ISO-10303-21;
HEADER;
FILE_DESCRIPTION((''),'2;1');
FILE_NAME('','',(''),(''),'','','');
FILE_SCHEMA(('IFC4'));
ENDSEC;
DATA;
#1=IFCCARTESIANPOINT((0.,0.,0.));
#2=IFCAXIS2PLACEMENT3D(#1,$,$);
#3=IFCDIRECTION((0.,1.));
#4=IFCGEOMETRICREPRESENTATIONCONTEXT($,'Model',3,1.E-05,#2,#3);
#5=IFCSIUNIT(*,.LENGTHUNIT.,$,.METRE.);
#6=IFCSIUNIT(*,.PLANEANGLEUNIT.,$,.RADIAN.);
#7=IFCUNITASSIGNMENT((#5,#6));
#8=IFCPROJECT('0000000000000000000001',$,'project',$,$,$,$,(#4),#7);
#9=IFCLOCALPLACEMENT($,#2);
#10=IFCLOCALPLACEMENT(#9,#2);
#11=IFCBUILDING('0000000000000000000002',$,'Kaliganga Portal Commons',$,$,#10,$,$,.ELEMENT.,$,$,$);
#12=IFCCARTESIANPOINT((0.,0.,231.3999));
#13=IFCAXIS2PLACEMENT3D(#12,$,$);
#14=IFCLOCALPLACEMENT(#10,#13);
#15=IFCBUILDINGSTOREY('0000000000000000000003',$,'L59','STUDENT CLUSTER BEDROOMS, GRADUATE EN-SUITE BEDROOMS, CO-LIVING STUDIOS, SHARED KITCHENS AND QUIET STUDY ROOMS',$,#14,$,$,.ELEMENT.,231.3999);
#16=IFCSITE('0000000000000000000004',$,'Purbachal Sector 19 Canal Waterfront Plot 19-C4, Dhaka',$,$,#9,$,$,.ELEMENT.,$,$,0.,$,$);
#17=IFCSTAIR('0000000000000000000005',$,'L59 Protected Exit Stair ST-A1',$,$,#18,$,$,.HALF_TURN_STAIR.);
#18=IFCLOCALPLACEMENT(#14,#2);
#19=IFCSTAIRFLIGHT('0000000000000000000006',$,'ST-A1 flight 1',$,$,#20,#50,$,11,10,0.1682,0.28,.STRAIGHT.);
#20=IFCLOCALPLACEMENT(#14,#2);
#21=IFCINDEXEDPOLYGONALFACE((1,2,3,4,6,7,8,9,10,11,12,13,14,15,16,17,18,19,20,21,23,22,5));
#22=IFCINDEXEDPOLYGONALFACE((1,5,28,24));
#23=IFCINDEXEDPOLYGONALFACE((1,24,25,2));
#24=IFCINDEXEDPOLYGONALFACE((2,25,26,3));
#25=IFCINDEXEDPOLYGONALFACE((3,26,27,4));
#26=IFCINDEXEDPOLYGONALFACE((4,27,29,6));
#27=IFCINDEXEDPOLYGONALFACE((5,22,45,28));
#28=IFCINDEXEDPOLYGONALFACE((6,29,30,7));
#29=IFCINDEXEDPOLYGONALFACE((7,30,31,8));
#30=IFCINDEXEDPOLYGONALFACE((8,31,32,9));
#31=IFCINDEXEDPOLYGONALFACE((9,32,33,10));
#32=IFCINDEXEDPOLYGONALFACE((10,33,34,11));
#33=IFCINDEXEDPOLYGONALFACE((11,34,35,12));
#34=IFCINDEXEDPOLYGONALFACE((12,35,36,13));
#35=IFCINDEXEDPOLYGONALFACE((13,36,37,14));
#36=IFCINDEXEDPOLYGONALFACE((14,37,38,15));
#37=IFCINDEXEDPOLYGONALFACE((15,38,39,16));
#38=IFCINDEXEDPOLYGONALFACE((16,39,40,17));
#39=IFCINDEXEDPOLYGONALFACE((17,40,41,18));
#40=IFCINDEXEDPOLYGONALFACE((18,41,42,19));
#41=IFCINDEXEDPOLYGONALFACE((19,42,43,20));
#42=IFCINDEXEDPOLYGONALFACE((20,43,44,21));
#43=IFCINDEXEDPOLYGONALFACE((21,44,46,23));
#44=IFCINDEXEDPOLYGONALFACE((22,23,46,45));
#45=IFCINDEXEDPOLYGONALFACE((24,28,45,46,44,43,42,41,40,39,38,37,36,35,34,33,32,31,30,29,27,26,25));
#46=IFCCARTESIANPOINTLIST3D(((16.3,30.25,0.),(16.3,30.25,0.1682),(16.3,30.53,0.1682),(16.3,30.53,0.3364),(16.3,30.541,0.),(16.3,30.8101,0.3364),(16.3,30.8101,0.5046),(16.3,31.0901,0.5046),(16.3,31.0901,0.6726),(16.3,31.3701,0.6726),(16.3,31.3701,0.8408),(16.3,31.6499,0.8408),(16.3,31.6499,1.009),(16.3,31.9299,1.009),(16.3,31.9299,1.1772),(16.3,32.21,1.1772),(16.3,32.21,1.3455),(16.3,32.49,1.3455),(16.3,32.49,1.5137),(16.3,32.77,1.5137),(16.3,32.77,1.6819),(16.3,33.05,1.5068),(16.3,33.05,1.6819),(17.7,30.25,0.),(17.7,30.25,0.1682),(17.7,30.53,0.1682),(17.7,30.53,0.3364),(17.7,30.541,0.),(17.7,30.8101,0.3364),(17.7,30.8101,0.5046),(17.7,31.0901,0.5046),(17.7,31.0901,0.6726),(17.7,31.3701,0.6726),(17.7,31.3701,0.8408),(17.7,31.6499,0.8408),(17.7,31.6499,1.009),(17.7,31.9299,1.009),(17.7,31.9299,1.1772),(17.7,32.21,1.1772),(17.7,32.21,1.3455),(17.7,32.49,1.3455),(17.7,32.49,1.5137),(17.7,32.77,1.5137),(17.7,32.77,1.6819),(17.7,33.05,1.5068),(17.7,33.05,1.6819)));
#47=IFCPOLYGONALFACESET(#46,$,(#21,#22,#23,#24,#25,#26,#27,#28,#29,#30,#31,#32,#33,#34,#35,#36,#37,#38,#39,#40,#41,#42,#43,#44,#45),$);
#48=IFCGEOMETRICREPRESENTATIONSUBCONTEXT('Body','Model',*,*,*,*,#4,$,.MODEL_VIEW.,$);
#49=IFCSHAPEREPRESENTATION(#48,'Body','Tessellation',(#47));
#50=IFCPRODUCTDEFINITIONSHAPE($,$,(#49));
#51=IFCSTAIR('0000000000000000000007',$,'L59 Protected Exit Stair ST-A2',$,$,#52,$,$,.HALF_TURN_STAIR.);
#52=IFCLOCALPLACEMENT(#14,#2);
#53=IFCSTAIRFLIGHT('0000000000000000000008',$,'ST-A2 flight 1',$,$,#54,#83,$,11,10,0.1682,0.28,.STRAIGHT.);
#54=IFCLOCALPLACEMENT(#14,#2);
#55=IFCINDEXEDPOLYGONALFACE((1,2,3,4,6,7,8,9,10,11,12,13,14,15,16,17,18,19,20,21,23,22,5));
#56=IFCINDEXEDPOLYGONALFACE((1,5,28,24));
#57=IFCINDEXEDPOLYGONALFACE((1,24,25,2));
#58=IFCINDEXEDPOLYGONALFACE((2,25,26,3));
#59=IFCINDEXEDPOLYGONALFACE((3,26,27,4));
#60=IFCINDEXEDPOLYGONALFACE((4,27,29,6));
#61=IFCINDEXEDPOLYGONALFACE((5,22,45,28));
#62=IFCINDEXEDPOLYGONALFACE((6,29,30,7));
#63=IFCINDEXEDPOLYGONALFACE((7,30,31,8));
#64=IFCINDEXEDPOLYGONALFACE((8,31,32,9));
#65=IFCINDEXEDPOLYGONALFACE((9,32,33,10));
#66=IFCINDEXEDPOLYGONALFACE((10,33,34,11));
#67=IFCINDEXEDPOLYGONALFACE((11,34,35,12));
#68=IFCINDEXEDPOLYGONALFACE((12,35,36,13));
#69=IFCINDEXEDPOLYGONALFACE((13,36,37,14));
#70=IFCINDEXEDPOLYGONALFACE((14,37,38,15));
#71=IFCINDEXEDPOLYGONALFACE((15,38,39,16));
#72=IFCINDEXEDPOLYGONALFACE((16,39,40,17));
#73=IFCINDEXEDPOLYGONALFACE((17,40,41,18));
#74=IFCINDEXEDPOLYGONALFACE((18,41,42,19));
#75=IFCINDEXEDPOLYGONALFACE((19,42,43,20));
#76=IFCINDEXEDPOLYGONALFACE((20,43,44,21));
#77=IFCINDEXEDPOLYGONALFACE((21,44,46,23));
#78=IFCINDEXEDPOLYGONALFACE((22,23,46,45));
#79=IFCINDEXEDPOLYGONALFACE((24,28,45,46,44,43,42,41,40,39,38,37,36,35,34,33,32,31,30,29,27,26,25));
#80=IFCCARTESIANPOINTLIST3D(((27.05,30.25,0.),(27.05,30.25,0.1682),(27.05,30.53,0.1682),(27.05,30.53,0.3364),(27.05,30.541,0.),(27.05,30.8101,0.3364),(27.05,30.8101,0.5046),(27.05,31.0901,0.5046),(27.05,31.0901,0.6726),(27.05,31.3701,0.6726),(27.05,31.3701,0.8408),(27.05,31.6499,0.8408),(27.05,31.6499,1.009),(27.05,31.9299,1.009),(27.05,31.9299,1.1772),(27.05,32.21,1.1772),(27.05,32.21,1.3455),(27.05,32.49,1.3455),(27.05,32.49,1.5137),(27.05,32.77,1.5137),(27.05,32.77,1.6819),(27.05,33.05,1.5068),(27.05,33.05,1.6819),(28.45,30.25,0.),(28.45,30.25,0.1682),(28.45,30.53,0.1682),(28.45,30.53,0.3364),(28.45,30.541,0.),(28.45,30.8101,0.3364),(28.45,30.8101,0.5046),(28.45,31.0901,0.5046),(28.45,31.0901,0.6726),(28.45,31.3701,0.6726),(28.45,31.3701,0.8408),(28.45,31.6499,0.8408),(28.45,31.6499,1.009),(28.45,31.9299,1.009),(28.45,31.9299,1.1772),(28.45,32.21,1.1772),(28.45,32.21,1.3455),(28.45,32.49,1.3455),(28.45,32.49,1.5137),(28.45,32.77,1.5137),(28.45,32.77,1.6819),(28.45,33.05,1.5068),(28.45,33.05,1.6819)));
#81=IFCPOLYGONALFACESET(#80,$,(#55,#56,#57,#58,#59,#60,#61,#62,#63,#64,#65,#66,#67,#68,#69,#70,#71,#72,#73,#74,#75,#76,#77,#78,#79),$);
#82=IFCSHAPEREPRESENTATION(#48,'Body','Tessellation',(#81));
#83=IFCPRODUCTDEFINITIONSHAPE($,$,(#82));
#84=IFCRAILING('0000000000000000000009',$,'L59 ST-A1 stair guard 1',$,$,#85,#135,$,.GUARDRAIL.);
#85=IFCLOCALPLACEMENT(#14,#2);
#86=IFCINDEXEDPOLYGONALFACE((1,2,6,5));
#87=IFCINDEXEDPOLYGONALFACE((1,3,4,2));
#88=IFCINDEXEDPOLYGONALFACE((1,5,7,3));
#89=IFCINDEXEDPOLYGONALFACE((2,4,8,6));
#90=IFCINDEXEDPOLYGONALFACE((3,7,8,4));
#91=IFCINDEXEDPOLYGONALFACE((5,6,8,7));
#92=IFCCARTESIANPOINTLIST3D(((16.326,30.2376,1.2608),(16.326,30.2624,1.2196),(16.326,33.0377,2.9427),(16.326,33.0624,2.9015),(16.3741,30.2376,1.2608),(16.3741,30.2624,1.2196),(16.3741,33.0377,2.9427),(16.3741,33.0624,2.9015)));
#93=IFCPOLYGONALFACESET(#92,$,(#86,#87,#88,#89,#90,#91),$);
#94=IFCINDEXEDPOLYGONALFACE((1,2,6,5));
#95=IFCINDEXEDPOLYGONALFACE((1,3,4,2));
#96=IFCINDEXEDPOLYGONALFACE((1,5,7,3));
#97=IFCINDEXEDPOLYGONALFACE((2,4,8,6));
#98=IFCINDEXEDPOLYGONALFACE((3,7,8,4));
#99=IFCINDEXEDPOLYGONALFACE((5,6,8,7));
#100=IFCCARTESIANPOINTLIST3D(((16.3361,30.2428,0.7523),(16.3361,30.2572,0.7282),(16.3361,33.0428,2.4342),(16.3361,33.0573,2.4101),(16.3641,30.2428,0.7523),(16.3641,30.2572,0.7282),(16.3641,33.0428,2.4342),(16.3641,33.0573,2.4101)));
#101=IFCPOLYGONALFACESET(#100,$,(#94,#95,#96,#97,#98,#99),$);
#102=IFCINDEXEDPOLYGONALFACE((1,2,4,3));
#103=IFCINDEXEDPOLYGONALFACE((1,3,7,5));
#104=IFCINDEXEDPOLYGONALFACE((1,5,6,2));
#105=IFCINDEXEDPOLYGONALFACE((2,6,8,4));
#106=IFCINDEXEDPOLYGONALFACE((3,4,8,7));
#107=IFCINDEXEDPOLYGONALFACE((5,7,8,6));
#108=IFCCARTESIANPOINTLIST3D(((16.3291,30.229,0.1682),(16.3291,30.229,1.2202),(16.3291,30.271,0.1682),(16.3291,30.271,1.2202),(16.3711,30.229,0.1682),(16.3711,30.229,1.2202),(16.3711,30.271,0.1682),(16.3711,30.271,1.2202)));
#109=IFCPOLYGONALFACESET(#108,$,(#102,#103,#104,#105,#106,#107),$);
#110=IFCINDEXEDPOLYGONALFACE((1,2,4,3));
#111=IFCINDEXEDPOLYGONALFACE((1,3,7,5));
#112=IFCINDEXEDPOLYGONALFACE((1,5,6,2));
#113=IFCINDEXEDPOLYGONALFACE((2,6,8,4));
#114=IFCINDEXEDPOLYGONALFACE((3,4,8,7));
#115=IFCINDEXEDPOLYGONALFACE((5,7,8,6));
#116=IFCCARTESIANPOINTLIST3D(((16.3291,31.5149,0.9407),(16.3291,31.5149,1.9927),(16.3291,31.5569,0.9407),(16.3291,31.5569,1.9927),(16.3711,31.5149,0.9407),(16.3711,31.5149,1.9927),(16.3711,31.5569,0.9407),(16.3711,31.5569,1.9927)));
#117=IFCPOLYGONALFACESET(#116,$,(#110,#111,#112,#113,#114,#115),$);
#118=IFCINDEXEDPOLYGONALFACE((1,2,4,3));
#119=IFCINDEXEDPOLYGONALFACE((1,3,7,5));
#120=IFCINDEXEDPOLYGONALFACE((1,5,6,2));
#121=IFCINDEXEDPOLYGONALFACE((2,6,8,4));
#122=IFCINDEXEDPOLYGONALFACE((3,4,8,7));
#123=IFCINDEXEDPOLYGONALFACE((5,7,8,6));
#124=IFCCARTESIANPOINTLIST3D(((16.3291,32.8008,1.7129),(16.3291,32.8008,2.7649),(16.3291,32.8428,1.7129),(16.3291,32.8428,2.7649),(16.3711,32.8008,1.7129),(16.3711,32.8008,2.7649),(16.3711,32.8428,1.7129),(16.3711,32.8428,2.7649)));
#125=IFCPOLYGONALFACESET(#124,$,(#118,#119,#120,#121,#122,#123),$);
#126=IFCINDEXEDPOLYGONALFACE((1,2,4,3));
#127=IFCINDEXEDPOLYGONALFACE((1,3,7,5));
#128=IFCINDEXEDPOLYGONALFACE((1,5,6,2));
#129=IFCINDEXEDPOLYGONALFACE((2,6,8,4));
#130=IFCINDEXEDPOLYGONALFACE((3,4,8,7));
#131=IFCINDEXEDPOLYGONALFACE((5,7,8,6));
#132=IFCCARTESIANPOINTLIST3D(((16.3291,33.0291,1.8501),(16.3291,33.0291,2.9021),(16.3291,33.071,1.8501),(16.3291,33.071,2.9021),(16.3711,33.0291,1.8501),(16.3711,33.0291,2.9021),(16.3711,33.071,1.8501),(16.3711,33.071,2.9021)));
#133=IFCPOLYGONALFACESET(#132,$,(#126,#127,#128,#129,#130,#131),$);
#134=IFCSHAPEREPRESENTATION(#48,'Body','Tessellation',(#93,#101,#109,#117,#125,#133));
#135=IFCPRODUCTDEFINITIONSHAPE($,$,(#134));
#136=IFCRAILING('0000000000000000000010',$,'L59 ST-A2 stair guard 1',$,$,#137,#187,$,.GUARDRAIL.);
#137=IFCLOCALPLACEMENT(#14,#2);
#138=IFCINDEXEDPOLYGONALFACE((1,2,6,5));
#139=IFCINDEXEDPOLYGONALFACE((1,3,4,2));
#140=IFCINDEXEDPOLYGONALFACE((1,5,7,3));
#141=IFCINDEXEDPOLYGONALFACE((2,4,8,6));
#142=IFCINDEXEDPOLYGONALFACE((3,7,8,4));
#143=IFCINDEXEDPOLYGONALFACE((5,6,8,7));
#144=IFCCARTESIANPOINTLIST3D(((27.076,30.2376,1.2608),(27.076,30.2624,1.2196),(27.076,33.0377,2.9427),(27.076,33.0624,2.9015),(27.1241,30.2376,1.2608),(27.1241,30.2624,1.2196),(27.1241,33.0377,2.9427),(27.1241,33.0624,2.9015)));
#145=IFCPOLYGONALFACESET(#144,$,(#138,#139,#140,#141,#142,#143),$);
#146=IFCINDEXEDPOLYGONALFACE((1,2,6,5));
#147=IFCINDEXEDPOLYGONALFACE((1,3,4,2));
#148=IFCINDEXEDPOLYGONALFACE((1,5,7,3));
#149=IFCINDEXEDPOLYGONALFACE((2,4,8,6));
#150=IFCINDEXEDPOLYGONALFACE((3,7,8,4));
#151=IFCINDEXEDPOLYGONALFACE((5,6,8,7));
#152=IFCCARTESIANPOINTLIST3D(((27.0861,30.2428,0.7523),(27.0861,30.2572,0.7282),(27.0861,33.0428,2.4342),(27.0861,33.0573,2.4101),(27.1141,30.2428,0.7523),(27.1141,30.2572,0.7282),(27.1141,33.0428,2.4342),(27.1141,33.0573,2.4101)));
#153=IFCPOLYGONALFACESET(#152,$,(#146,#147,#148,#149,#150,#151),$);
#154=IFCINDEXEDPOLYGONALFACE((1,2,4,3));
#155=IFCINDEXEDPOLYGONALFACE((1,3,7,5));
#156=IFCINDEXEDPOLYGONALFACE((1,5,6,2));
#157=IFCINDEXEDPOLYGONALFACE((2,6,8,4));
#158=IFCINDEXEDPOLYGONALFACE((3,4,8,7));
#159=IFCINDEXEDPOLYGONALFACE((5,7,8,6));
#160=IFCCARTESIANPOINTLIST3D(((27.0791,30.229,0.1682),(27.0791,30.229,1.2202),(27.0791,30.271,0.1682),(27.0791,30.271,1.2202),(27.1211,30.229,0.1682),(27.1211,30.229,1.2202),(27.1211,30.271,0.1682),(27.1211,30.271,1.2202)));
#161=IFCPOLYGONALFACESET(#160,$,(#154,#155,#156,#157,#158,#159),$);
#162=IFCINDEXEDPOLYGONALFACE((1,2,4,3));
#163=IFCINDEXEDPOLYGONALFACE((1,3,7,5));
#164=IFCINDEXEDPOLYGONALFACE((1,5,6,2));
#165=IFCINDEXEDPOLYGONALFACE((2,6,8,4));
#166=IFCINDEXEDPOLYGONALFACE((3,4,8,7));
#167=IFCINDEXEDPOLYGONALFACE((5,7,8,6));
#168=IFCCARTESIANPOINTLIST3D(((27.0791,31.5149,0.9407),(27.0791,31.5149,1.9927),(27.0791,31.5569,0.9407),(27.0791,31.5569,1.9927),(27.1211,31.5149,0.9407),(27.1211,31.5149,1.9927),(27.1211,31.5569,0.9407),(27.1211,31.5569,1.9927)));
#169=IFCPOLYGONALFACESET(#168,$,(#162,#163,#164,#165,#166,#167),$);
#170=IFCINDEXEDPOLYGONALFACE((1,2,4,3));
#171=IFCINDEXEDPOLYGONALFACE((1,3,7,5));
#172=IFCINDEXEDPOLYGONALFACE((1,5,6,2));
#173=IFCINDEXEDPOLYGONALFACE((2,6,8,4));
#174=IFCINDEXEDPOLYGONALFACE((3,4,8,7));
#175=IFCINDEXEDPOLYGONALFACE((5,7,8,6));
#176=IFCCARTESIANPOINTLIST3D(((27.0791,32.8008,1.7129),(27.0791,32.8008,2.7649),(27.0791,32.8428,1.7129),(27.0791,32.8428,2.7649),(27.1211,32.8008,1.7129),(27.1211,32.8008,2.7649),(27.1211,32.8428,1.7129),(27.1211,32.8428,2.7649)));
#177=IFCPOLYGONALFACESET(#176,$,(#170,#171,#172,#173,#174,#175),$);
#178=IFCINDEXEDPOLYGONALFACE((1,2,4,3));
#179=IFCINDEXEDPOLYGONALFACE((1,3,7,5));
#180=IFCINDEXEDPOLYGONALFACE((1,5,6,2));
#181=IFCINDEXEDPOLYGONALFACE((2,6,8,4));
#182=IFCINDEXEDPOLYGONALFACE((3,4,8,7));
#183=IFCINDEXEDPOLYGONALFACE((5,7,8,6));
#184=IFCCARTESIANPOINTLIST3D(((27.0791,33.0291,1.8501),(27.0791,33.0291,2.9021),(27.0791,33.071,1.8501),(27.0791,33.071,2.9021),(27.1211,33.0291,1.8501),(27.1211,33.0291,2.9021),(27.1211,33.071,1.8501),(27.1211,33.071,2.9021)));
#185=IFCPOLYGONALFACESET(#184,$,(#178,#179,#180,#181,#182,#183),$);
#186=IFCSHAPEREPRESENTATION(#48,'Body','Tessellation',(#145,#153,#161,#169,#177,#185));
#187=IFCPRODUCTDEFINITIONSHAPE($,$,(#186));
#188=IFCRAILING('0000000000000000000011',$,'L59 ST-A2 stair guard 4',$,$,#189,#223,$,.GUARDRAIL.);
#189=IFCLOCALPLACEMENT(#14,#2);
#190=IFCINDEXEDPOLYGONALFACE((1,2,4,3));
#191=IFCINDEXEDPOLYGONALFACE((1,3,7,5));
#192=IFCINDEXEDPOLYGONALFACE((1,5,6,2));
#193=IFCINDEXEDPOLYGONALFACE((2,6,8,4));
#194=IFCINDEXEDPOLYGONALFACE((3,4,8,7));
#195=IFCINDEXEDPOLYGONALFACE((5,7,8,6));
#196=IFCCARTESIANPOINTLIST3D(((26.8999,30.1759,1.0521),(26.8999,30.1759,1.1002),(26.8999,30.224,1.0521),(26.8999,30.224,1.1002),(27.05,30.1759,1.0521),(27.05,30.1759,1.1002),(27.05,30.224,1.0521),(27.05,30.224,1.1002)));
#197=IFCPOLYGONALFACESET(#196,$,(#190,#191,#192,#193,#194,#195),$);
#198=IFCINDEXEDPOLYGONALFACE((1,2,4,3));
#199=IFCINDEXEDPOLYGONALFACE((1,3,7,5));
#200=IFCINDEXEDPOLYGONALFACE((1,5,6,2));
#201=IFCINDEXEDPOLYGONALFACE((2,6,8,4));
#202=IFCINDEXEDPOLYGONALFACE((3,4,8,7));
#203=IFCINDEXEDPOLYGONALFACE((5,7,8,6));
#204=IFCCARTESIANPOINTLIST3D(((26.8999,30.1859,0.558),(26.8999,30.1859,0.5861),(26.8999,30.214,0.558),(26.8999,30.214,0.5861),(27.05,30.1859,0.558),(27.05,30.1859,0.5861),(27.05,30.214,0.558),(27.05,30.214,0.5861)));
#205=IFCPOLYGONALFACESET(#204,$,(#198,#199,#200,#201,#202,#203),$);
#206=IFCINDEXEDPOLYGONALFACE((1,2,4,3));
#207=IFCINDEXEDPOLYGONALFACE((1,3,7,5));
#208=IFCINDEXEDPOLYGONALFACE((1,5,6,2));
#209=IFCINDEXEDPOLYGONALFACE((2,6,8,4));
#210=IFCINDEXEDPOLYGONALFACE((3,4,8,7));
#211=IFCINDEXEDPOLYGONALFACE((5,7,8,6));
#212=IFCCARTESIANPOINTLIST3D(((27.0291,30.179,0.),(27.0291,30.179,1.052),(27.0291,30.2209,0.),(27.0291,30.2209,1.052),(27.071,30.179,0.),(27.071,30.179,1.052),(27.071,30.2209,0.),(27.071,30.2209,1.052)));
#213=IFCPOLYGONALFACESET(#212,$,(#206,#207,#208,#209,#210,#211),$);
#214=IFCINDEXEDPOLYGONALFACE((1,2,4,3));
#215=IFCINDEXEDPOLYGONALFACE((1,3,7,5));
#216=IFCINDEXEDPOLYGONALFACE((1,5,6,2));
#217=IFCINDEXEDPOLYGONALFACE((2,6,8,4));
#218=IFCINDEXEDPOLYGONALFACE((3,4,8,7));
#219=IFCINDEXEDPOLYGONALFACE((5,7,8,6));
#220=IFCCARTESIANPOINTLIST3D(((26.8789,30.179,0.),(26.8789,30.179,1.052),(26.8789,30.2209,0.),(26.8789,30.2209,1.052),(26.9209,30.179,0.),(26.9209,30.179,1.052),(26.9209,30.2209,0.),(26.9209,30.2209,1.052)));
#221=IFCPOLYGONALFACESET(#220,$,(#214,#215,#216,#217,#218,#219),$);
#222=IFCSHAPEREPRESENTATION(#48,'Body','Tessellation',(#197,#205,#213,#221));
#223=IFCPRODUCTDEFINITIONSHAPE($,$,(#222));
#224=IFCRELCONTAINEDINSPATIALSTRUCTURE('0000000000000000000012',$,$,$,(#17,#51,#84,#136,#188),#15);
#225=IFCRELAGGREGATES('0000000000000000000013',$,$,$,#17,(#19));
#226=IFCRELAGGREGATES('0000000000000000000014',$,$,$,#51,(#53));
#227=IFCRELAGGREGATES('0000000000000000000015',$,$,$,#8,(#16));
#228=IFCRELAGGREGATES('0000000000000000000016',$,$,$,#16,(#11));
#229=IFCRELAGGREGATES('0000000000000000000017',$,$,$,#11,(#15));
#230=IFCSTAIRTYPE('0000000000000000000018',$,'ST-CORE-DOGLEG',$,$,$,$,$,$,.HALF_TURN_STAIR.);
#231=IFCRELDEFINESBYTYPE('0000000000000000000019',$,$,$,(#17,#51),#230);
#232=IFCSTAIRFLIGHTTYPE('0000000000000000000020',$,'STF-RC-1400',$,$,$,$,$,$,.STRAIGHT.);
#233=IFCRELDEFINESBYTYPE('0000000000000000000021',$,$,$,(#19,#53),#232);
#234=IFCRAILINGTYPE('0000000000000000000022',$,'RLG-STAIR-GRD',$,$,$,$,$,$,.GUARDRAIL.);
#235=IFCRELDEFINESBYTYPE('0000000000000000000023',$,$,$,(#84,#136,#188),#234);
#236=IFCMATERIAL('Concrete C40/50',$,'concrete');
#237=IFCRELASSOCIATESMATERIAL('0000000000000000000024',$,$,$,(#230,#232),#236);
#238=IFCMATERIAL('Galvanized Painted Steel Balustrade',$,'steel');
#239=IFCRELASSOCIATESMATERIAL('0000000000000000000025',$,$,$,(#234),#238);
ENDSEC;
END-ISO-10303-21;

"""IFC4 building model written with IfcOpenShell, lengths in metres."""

from ifc_helpers import new_model, si_unit, direction, frame, origin, origin_2d, place, context, subcontext, project, spatial, polyline, rectangle, outline, extrude, material, type_object, element, aggregate, save


model = new_model("IFC4")

# Units and contexts
model_context = context("Model", 3, precision=1e-05, world=origin(), true_north=direction((0.0, 1.0)))
body_context = subcontext(model_context, "Body", "Model", "MODEL_VIEW")
ifc_project = project(units=[si_unit("LENGTHUNIT", "METRE"), si_unit("PLANEANGLEUNIT", "RADIAN")], contexts=[model_context])

# Site, building, storey
site_placement = place(None, origin())
site = spatial("IfcSite", under=ifc_project, at=site_placement, Name="Purbachal Sector 19 Canal Waterfront Plot 19-C4, Dhaka", CompositionType="ELEMENT", RefElevation=0.0)
building_placement = place(site_placement, origin())
building = spatial("IfcBuilding", under=site, at=building_placement, Name="Kaliganga Portal Commons", CompositionType="ELEMENT")
storey_placement = place(building_placement, frame((0.0, 0.0, 231.3999)))
storey = spatial("IfcBuildingStorey", under=building, at=storey_placement, Name="L59", Description="STUDENT CLUSTER BEDROOMS, GRADUATE EN-SUITE BEDROOMS, CO-LIVING STUDIOS, SHARED KITCHENS AND QUIET STUDY ROOMS", CompositionType="ELEMENT", Elevation=231.3999)

# Stairs, stair flights
ifc_material_1 = material(Name="Concrete C40/50", Category="concrete")
stair_type = type_object("IfcStairType", Name="ST-CORE-DOGLEG", PredefinedType="HALF_TURN_STAIR", material=ifc_material_1)
stair_1_placement = place(storey_placement, origin())
stair_1 = element("IfcStair", 1, at=stair_1_placement, inside=storey, type_object=stair_type, Name="L59 Protected Exit Stair ST-A1", PredefinedType="HALF_TURN_STAIR")
stair_flight_type = type_object("IfcStairFlightType", Name="STF-RC-1400", PredefinedType="STRAIGHT", material=ifc_material_1)
stair_flight_1_placement = place(storey_placement, frame((17.0, 30.25, 0.0), z_axis=(0.0, 0.0, 1.0), x_axis=(0.0, 1.0, 0.0)))
stair_flight_1 = element("IfcStairFlight", 2, at=stair_flight_1_placement, type_object=stair_flight_type, Name="ST-A1 flight 1", NumberOfRisers=11, NumberOfTreads=10, PredefinedType="STRAIGHT", RiserHeight=0.1682, TreadLength=0.28, context=body_context, shape_type="SweptSolid", body=[
    extrude(outline(polyline([(0.0, 0.0), (0.0, 0.1682), (0.28, 0.1682), (0.28, 0.3364), (0.5601, 0.3364), (0.5601, 0.5046), (0.8401, 0.5046), (0.8401, 0.6726), (1.1201, 0.6726), (1.1201, 0.8408), (1.3999, 0.8408), (1.3999, 1.009), (1.6799, 1.009), (1.6799, 1.1772), (1.96, 1.1772), (1.96, 1.3455), (2.24, 1.3455), (2.24, 1.5137), (2.52, 1.5137), (2.52, 1.6819), (2.8, 1.6819), (2.8, 1.8501), (2.8, 1.5068), (0.291, 0.0), (0.0, 0.0)])), frame((0.0, 0.7, 0.0), z_axis=(0.0, -1.0, 0.0), x_axis=(1.0, 0.0, 0.0)), (0.0, 0.0, 1.0), 1.3999),
])
aggregate(stair_1, [stair_flight_1])
stair_2_placement = place(storey_placement, origin())
stair_2 = element("IfcStair", 3, at=stair_2_placement, inside=storey, type_object=stair_type, Name="L59 Protected Exit Stair ST-A2", PredefinedType="HALF_TURN_STAIR")
stair_flight_2_placement = place(storey_placement, frame((27.75, 30.25, 0.0), z_axis=(0.0, 0.0, 1.0), x_axis=(0.0, 1.0, 0.0)))
stair_flight_2 = element("IfcStairFlight", 4, at=stair_flight_2_placement, type_object=stair_flight_type, Name="ST-A2 flight 1", NumberOfRisers=11, NumberOfTreads=10, PredefinedType="STRAIGHT", RiserHeight=0.1682, TreadLength=0.28, context=body_context, shape_type="SweptSolid", body=[
    extrude(outline(polyline([(0.0, 0.0), (0.0, 0.1682), (0.28, 0.1682), (0.28, 0.3364), (0.5601, 0.3364), (0.5601, 0.5046), (0.8401, 0.5046), (0.8401, 0.6726), (1.1201, 0.6726), (1.1201, 0.8408), (1.3999, 0.8408), (1.3999, 1.009), (1.6799, 1.009), (1.6799, 1.1772), (1.96, 1.1772), (1.96, 1.3455), (2.24, 1.3455), (2.24, 1.5137), (2.52, 1.5137), (2.52, 1.6819), (2.8, 1.6819), (2.8, 1.8501), (2.8, 1.5068), (0.291, 0.0), (0.0, 0.0)])), frame((0.0, 0.7, 0.0), z_axis=(0.0, -1.0, 0.0), x_axis=(1.0, 0.0, 0.0)), (0.0, 0.0, 1.0), 1.3999),
])
aggregate(stair_2, [stair_flight_2])

# Railings
ifc_material_2 = material(Name="Galvanized Painted Steel Balustrade", Category="steel")
railing_type_1 = type_object("IfcRailingType", Name="RLG-STAIR-GRD", PredefinedType="GUARDRAIL", material=ifc_material_2)
for number, where, name in (
    (5, (16.3501, 30.25, 0.1682), "L59 ST-A1 stair guard 1"),
    (6, (27.1001, 30.25, 0.1682), "L59 ST-A2 stair guard 1"),
):
    element("IfcRailing", number, at=place(storey_placement, frame(where)), inside=storey, type_object=railing_type_1, Name=name, PredefinedType="GUARDRAIL", context=body_context, shape_type="SweptSolid", body=[
        extrude(rectangle(XDim=0.0481, YDim=0.0481, at=origin_2d()), frame((0.0, 0.0, 1.072), z_axis=(0.0, 0.857242, 0.514913), x_axis=(-1.0, 0.0, 0.0)), (0.0, 0.0, 1.0), 3.2664),
        extrude(rectangle(XDim=0.0281, YDim=0.0281, at=origin_2d()), frame((0.0, 0.0, 0.572), z_axis=(0.0, 0.857242, 0.514913), x_axis=(-1.0, 0.0, 0.0)), (0.0, 0.0, 1.0), 3.2664),
        extrude(rectangle(XDim=0.042, YDim=0.042, at=origin_2d()), origin(), (0.0, 0.0, 1.0), 1.052),
        extrude(rectangle(XDim=0.042, YDim=0.042, at=origin_2d()), frame((0.0, 1.2859, 0.7725)), (0.0, 0.0, 1.0), 1.052),
        extrude(rectangle(XDim=0.042, YDim=0.042, at=origin_2d()), frame((0.0, 2.5718, 1.5447)), (0.0, 0.0, 1.0), 1.052),
        extrude(rectangle(XDim=0.042, YDim=0.042, at=origin_2d()), frame((0.0, 2.8, 1.6819)), (0.0, 0.0, 1.0), 1.052),
    ])
railing_placement = place(storey_placement, frame((27.05, 30.2, 0.0)))
element("IfcRailing", 7, at=railing_placement, inside=storey, type_object=railing_type_1, Name="L59 ST-A2 stair guard 4", PredefinedType="GUARDRAIL", context=body_context, shape_type="SweptSolid", body=[
    extrude(rectangle(XDim=0.0481, YDim=0.0481, at=origin_2d()), frame((0.0, 0.0, 1.0762), z_axis=(-1.0, 0.0, 0.0), x_axis=(0.0, -1.0, 0.0)), (0.0, 0.0, 1.0), 0.1501),
    extrude(rectangle(XDim=0.0281, YDim=0.0281, at=origin_2d()), frame((0.0, 0.0, 0.572), z_axis=(-1.0, 0.0, 0.0), x_axis=(0.0, -1.0, 0.0)), (0.0, 0.0, 1.0), 0.1501),
    extrude(rectangle(XDim=0.042, YDim=0.042, at=origin_2d()), origin(), (0.0, 0.0, 1.0), 1.052),
    extrude(rectangle(XDim=0.042, YDim=0.042, at=origin_2d()), frame((-0.1501, 0.0, 0.0)), (0.0, 0.0, 1.0), 1.052),
])

save(model, "model.ifc")
